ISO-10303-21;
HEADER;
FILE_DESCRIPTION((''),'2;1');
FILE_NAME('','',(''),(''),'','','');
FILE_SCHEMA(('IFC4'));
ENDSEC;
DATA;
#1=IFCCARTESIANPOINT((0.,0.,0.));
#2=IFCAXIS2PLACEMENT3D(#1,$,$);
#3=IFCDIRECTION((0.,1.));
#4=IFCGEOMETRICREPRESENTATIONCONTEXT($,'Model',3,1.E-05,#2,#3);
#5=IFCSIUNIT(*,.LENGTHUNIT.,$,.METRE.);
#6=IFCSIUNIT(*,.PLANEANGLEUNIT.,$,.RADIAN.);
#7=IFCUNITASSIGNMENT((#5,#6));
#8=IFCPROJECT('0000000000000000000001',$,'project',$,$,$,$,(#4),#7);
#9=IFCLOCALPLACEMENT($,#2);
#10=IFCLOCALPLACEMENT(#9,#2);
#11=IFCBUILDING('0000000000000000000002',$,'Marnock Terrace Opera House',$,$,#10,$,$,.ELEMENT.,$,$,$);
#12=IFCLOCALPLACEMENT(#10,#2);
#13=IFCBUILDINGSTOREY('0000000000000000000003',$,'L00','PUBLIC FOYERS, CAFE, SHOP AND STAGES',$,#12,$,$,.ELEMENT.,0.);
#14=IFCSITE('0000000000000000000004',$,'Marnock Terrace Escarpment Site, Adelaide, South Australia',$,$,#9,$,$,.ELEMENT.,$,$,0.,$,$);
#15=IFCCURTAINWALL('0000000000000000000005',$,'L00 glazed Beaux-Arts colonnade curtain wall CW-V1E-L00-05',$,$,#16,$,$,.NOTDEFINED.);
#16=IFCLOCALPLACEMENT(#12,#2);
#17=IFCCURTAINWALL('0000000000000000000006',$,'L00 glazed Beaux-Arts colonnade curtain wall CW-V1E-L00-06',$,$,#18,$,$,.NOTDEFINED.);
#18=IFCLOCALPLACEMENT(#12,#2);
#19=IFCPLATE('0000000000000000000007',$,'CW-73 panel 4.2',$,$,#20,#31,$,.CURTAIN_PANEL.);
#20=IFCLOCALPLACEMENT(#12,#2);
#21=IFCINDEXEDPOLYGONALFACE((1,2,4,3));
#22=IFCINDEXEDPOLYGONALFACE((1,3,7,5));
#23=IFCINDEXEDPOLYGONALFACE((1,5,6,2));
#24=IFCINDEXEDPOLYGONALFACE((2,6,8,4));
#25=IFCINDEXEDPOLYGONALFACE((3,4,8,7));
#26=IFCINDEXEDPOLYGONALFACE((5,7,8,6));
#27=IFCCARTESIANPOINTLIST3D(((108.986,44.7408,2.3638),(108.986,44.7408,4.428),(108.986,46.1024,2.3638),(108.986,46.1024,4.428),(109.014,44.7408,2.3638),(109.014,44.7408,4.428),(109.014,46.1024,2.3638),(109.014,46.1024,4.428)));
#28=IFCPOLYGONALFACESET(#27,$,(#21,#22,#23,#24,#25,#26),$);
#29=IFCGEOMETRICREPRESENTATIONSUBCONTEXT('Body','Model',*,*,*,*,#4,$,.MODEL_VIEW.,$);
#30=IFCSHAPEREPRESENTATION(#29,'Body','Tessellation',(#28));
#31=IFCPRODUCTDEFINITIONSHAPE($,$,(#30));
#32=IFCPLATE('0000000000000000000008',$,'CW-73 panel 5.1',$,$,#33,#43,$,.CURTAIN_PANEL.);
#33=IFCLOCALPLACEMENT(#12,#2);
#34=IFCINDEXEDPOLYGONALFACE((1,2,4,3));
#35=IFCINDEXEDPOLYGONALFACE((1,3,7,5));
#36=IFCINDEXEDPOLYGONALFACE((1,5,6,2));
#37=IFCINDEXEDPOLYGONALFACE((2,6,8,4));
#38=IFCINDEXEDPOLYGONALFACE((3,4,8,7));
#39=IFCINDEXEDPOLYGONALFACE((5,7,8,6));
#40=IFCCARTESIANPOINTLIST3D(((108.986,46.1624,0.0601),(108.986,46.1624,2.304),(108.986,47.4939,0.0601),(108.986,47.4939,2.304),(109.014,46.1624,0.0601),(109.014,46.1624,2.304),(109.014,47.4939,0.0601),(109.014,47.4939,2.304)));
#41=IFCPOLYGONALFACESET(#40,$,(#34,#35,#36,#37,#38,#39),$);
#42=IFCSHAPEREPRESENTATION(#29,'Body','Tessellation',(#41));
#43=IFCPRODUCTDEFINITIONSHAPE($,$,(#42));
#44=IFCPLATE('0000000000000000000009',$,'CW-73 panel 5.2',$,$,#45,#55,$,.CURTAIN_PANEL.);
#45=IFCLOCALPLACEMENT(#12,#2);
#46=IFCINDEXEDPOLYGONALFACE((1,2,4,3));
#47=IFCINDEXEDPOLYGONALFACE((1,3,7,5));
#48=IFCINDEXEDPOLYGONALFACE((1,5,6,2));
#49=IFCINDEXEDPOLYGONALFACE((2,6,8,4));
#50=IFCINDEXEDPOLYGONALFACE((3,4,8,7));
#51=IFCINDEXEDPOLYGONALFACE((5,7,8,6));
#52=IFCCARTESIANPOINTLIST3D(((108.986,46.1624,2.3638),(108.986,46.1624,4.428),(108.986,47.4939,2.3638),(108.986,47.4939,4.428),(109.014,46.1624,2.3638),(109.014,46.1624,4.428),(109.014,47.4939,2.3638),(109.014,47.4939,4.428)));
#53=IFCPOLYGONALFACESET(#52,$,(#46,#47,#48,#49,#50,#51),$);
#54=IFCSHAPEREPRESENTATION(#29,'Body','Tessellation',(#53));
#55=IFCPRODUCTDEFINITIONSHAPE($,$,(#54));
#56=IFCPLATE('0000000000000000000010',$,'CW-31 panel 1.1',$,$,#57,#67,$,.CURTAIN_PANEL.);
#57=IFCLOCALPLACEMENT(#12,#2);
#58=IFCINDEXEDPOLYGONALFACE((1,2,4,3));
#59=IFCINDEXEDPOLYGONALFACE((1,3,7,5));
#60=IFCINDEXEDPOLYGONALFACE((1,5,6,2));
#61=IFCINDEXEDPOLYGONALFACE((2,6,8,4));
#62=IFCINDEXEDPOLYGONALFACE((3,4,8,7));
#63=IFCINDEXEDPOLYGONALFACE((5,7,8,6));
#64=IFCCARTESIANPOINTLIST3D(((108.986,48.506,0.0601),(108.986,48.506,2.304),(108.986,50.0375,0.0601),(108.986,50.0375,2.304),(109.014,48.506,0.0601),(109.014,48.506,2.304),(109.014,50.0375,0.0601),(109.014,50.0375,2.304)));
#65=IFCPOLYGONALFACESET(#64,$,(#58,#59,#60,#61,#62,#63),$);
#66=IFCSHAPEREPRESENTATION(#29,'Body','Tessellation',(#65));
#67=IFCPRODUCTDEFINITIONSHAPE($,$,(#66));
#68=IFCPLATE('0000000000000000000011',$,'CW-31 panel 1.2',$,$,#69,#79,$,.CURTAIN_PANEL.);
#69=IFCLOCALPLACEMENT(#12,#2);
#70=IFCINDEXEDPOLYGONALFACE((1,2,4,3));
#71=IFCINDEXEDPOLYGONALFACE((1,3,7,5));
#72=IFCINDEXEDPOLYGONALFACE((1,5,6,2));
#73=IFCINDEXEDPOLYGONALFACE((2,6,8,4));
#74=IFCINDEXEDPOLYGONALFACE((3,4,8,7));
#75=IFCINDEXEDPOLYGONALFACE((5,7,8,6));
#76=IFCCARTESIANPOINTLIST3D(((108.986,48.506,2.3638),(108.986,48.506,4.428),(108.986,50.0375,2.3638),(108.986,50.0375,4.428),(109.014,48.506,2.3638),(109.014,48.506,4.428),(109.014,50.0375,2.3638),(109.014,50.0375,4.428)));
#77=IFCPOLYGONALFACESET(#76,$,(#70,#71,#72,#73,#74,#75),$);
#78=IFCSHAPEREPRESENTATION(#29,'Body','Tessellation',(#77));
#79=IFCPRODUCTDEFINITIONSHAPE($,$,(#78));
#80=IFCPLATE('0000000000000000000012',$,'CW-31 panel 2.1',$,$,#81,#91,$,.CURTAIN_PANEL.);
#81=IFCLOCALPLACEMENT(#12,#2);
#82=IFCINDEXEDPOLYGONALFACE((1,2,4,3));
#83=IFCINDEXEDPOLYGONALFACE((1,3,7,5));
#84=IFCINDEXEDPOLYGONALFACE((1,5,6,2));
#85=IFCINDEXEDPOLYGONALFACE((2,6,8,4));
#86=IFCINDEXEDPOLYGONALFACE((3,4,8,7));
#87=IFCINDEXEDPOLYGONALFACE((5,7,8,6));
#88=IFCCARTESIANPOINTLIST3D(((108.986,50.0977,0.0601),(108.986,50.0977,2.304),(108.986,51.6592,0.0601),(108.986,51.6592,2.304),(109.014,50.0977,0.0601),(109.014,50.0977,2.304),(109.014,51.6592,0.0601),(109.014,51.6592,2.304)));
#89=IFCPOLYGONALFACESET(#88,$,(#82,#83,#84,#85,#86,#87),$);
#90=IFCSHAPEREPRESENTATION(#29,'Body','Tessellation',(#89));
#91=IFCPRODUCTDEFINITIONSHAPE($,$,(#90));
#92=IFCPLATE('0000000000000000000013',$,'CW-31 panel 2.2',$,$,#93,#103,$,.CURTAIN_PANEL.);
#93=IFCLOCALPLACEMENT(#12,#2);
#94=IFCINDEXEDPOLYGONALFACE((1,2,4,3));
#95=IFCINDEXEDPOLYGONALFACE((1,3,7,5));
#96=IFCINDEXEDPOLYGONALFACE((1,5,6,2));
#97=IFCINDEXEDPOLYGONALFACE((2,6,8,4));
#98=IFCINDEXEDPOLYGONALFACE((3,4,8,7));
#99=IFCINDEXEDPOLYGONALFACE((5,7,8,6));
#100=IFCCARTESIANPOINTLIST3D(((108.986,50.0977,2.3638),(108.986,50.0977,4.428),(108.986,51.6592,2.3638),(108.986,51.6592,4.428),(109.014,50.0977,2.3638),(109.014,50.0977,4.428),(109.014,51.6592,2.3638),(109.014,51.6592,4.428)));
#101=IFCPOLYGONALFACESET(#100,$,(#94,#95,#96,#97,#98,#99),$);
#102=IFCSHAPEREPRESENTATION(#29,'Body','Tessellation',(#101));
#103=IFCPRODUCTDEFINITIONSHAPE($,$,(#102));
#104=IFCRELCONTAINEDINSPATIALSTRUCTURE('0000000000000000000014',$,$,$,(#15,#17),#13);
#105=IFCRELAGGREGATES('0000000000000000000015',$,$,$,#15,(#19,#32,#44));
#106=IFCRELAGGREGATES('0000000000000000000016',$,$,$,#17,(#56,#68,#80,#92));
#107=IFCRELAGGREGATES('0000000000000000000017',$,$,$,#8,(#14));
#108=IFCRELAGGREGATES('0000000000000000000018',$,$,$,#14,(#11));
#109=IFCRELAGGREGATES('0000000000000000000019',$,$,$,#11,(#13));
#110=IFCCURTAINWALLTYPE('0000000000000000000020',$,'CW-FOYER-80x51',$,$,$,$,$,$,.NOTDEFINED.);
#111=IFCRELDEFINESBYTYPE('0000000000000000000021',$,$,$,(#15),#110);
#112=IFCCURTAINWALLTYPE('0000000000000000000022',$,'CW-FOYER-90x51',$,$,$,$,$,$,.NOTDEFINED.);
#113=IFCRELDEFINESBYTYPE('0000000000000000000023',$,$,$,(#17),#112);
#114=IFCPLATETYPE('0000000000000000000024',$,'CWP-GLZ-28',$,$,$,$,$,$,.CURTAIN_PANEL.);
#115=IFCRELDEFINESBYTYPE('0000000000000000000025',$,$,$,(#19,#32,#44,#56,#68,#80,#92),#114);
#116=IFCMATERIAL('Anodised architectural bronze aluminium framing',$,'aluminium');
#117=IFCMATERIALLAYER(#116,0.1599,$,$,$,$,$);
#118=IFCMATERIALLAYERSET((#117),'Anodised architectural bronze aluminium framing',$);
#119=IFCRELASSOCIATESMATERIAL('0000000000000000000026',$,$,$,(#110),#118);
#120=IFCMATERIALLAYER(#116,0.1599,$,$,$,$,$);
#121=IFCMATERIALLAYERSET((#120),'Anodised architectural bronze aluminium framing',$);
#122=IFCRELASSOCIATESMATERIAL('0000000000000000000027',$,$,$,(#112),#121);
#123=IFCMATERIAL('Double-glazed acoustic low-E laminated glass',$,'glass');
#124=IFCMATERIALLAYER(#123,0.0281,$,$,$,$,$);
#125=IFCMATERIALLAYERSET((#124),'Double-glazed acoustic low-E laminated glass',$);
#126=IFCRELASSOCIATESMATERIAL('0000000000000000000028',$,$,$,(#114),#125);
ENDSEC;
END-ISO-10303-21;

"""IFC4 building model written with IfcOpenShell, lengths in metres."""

from ifc_helpers import new_model, si_unit, direction, frame, origin, origin_2d, place, context, subcontext, project, spatial, rectangle, extrude, material, layer, layer_set, type_object, element, aggregate, save


model = new_model("IFC4")

# Units and contexts
model_context = context("Model", 3, precision=1e-05, world=origin(), true_north=direction((0.0, 1.0)))
body_context = subcontext(model_context, "Body", "Model", "MODEL_VIEW")
ifc_project = project(units=[si_unit("LENGTHUNIT", "METRE"), si_unit("PLANEANGLEUNIT", "RADIAN")], contexts=[model_context])

# Site, building, storey
site_placement = place(None, origin())
site = spatial("IfcSite", under=ifc_project, at=site_placement, Name="Marnock Terrace Escarpment Site, Adelaide, South Australia", CompositionType="ELEMENT", RefElevation=0.0)
building_placement = place(site_placement, origin())
building = spatial("IfcBuilding", under=site, at=building_placement, Name="Marnock Terrace Opera House", CompositionType="ELEMENT")
storey_placement = place(building_placement, origin())
storey = spatial("IfcBuildingStorey", under=building, at=storey_placement, Name="L00", Description="PUBLIC FOYERS, CAFE, SHOP AND STAGES", CompositionType="ELEMENT", Elevation=0.0)

# Curtain walls
ifc_material_1 = material(Name="Anodised architectural bronze aluminium framing", Category="aluminium")
ifc_layer_1 = layer(ifc_material_1, 0.1599)
ifc_layer_set_1 = layer_set([ifc_layer_1], Name="Anodised architectural bronze aluminium framing")
curtain_wall_type_1 = type_object("IfcCurtainWallType", Name="CW-FOYER-80x51", PredefinedType="NOTDEFINED", material=ifc_layer_set_1)
curtain_wall_1_placement = place(storey_placement, origin())
curtain_wall_1 = element("IfcCurtainWall", 1, at=curtain_wall_1_placement, inside=storey, type_object=curtain_wall_type_1, Name="L00 glazed Beaux-Arts colonnade curtain wall CW-V1E-L00-05", PredefinedType="NOTDEFINED")
ifc_layer_2 = layer(ifc_material_1, 0.1599)
ifc_layer_set_2 = layer_set([ifc_layer_2], Name="Anodised architectural bronze aluminium framing")
curtain_wall_type_2 = type_object("IfcCurtainWallType", Name="CW-FOYER-90x51", PredefinedType="NOTDEFINED", material=ifc_layer_set_2)
curtain_wall_2_placement = place(storey_placement, origin())
curtain_wall_2 = element("IfcCurtainWall", 2, at=curtain_wall_2_placement, inside=storey, type_object=curtain_wall_type_2, Name="L00 glazed Beaux-Arts colonnade curtain wall CW-V1E-L00-06", PredefinedType="NOTDEFINED")

# Plates
ifc_material_2 = material(Name="Double-glazed acoustic low-E laminated glass", Category="glass")
ifc_layer_3 = layer(ifc_material_2, 0.0281)
ifc_layer_set_3 = layer_set([ifc_layer_3], Name="Double-glazed acoustic low-E laminated glass")
plate_type = type_object("IfcPlateType", Name="CWP-GLZ-28", PredefinedType="CURTAIN_PANEL", material=ifc_layer_set_3)
plate_1_placement = place(storey_placement, frame((109.0, 45.4216, 2.3638), z_axis=(0.0, 0.0, 1.0), x_axis=(0.0, 1.0, 0.0)))
plate_1 = element("IfcPlate", 3, at=plate_1_placement, type_object=plate_type, Name="CW-73 panel 4.2", PredefinedType="CURTAIN_PANEL", context=body_context, shape_type="SweptSolid", body=[
    extrude(rectangle(XDim=1.3616, YDim=0.0281, at=origin_2d()), origin(), (0.0, 0.0, 1.0), 2.0642),
])
plate_2_placement = place(storey_placement, frame((109.0, 46.8281, 0.0601), z_axis=(0.0, 0.0, 1.0), x_axis=(0.0, 1.0, 0.0)))
plate_2 = element("IfcPlate", 4, at=plate_2_placement, type_object=plate_type, Name="CW-73 panel 5.1", PredefinedType="CURTAIN_PANEL", context=body_context, shape_type="SweptSolid", body=[
    extrude(rectangle(XDim=1.3315, YDim=0.0281, at=origin_2d()), origin(), (0.0, 0.0, 1.0), 2.2439),
])
plate_3_placement = place(storey_placement, frame((109.0, 46.8281, 2.3638), z_axis=(0.0, 0.0, 1.0), x_axis=(0.0, 1.0, 0.0)))
plate_3 = element("IfcPlate", 5, at=plate_3_placement, type_object=plate_type, Name="CW-73 panel 5.2", PredefinedType="CURTAIN_PANEL", context=body_context, shape_type="SweptSolid", body=[
    extrude(rectangle(XDim=1.3315, YDim=0.0281, at=origin_2d()), origin(), (0.0, 0.0, 1.0), 2.0642),
])
aggregate(curtain_wall_1, [plate_1, plate_2, plate_3])
plate_4_placement = place(storey_placement, frame((109.0, 49.2717, 0.0601), z_axis=(0.0, 0.0, 1.0), x_axis=(0.0, 1.0, 0.0)))
plate_4 = element("IfcPlate", 6, at=plate_4_placement, type_object=plate_type, Name="CW-31 panel 1.1", PredefinedType="CURTAIN_PANEL", context=body_context, shape_type="SweptSolid", body=[
    extrude(rectangle(XDim=1.5315, YDim=0.0281, at=origin_2d()), origin(), (0.0, 0.0, 1.0), 2.2439),
])
plate_5_placement = place(storey_placement, frame((109.0, 49.2717, 2.3638), z_axis=(0.0, 0.0, 1.0), x_axis=(0.0, 1.0, 0.0)))
plate_5 = element("IfcPlate", 7, at=plate_5_placement, type_object=plate_type, Name="CW-31 panel 1.2", PredefinedType="CURTAIN_PANEL", context=body_context, shape_type="SweptSolid", body=[
    extrude(rectangle(XDim=1.5315, YDim=0.0281, at=origin_2d()), origin(), (0.0, 0.0, 1.0), 2.0642),
])
plate_6_placement = place(storey_placement, frame((109.0, 50.8784, 0.0601), z_axis=(0.0, 0.0, 1.0), x_axis=(0.0, 1.0, 0.0)))
plate_6 = element("IfcPlate", 8, at=plate_6_placement, type_object=plate_type, Name="CW-31 panel 2.1", PredefinedType="CURTAIN_PANEL", context=body_context, shape_type="SweptSolid", body=[
    extrude(rectangle(XDim=1.5615, YDim=0.0281, at=origin_2d()), origin(), (0.0, 0.0, 1.0), 2.2439),
])
plate_7_placement = place(storey_placement, frame((109.0, 50.8784, 2.3638), z_axis=(0.0, 0.0, 1.0), x_axis=(0.0, 1.0, 0.0)))
plate_7 = element("IfcPlate", 9, at=plate_7_placement, type_object=plate_type, Name="CW-31 panel 2.2", PredefinedType="CURTAIN_PANEL", context=body_context, shape_type="SweptSolid", body=[
    extrude(rectangle(XDim=1.5615, YDim=0.0281, at=origin_2d()), origin(), (0.0, 0.0, 1.0), 2.0642),
])
aggregate(curtain_wall_2, [plate_4, plate_5, plate_6, plate_7])

save(model, "model.ifc")
